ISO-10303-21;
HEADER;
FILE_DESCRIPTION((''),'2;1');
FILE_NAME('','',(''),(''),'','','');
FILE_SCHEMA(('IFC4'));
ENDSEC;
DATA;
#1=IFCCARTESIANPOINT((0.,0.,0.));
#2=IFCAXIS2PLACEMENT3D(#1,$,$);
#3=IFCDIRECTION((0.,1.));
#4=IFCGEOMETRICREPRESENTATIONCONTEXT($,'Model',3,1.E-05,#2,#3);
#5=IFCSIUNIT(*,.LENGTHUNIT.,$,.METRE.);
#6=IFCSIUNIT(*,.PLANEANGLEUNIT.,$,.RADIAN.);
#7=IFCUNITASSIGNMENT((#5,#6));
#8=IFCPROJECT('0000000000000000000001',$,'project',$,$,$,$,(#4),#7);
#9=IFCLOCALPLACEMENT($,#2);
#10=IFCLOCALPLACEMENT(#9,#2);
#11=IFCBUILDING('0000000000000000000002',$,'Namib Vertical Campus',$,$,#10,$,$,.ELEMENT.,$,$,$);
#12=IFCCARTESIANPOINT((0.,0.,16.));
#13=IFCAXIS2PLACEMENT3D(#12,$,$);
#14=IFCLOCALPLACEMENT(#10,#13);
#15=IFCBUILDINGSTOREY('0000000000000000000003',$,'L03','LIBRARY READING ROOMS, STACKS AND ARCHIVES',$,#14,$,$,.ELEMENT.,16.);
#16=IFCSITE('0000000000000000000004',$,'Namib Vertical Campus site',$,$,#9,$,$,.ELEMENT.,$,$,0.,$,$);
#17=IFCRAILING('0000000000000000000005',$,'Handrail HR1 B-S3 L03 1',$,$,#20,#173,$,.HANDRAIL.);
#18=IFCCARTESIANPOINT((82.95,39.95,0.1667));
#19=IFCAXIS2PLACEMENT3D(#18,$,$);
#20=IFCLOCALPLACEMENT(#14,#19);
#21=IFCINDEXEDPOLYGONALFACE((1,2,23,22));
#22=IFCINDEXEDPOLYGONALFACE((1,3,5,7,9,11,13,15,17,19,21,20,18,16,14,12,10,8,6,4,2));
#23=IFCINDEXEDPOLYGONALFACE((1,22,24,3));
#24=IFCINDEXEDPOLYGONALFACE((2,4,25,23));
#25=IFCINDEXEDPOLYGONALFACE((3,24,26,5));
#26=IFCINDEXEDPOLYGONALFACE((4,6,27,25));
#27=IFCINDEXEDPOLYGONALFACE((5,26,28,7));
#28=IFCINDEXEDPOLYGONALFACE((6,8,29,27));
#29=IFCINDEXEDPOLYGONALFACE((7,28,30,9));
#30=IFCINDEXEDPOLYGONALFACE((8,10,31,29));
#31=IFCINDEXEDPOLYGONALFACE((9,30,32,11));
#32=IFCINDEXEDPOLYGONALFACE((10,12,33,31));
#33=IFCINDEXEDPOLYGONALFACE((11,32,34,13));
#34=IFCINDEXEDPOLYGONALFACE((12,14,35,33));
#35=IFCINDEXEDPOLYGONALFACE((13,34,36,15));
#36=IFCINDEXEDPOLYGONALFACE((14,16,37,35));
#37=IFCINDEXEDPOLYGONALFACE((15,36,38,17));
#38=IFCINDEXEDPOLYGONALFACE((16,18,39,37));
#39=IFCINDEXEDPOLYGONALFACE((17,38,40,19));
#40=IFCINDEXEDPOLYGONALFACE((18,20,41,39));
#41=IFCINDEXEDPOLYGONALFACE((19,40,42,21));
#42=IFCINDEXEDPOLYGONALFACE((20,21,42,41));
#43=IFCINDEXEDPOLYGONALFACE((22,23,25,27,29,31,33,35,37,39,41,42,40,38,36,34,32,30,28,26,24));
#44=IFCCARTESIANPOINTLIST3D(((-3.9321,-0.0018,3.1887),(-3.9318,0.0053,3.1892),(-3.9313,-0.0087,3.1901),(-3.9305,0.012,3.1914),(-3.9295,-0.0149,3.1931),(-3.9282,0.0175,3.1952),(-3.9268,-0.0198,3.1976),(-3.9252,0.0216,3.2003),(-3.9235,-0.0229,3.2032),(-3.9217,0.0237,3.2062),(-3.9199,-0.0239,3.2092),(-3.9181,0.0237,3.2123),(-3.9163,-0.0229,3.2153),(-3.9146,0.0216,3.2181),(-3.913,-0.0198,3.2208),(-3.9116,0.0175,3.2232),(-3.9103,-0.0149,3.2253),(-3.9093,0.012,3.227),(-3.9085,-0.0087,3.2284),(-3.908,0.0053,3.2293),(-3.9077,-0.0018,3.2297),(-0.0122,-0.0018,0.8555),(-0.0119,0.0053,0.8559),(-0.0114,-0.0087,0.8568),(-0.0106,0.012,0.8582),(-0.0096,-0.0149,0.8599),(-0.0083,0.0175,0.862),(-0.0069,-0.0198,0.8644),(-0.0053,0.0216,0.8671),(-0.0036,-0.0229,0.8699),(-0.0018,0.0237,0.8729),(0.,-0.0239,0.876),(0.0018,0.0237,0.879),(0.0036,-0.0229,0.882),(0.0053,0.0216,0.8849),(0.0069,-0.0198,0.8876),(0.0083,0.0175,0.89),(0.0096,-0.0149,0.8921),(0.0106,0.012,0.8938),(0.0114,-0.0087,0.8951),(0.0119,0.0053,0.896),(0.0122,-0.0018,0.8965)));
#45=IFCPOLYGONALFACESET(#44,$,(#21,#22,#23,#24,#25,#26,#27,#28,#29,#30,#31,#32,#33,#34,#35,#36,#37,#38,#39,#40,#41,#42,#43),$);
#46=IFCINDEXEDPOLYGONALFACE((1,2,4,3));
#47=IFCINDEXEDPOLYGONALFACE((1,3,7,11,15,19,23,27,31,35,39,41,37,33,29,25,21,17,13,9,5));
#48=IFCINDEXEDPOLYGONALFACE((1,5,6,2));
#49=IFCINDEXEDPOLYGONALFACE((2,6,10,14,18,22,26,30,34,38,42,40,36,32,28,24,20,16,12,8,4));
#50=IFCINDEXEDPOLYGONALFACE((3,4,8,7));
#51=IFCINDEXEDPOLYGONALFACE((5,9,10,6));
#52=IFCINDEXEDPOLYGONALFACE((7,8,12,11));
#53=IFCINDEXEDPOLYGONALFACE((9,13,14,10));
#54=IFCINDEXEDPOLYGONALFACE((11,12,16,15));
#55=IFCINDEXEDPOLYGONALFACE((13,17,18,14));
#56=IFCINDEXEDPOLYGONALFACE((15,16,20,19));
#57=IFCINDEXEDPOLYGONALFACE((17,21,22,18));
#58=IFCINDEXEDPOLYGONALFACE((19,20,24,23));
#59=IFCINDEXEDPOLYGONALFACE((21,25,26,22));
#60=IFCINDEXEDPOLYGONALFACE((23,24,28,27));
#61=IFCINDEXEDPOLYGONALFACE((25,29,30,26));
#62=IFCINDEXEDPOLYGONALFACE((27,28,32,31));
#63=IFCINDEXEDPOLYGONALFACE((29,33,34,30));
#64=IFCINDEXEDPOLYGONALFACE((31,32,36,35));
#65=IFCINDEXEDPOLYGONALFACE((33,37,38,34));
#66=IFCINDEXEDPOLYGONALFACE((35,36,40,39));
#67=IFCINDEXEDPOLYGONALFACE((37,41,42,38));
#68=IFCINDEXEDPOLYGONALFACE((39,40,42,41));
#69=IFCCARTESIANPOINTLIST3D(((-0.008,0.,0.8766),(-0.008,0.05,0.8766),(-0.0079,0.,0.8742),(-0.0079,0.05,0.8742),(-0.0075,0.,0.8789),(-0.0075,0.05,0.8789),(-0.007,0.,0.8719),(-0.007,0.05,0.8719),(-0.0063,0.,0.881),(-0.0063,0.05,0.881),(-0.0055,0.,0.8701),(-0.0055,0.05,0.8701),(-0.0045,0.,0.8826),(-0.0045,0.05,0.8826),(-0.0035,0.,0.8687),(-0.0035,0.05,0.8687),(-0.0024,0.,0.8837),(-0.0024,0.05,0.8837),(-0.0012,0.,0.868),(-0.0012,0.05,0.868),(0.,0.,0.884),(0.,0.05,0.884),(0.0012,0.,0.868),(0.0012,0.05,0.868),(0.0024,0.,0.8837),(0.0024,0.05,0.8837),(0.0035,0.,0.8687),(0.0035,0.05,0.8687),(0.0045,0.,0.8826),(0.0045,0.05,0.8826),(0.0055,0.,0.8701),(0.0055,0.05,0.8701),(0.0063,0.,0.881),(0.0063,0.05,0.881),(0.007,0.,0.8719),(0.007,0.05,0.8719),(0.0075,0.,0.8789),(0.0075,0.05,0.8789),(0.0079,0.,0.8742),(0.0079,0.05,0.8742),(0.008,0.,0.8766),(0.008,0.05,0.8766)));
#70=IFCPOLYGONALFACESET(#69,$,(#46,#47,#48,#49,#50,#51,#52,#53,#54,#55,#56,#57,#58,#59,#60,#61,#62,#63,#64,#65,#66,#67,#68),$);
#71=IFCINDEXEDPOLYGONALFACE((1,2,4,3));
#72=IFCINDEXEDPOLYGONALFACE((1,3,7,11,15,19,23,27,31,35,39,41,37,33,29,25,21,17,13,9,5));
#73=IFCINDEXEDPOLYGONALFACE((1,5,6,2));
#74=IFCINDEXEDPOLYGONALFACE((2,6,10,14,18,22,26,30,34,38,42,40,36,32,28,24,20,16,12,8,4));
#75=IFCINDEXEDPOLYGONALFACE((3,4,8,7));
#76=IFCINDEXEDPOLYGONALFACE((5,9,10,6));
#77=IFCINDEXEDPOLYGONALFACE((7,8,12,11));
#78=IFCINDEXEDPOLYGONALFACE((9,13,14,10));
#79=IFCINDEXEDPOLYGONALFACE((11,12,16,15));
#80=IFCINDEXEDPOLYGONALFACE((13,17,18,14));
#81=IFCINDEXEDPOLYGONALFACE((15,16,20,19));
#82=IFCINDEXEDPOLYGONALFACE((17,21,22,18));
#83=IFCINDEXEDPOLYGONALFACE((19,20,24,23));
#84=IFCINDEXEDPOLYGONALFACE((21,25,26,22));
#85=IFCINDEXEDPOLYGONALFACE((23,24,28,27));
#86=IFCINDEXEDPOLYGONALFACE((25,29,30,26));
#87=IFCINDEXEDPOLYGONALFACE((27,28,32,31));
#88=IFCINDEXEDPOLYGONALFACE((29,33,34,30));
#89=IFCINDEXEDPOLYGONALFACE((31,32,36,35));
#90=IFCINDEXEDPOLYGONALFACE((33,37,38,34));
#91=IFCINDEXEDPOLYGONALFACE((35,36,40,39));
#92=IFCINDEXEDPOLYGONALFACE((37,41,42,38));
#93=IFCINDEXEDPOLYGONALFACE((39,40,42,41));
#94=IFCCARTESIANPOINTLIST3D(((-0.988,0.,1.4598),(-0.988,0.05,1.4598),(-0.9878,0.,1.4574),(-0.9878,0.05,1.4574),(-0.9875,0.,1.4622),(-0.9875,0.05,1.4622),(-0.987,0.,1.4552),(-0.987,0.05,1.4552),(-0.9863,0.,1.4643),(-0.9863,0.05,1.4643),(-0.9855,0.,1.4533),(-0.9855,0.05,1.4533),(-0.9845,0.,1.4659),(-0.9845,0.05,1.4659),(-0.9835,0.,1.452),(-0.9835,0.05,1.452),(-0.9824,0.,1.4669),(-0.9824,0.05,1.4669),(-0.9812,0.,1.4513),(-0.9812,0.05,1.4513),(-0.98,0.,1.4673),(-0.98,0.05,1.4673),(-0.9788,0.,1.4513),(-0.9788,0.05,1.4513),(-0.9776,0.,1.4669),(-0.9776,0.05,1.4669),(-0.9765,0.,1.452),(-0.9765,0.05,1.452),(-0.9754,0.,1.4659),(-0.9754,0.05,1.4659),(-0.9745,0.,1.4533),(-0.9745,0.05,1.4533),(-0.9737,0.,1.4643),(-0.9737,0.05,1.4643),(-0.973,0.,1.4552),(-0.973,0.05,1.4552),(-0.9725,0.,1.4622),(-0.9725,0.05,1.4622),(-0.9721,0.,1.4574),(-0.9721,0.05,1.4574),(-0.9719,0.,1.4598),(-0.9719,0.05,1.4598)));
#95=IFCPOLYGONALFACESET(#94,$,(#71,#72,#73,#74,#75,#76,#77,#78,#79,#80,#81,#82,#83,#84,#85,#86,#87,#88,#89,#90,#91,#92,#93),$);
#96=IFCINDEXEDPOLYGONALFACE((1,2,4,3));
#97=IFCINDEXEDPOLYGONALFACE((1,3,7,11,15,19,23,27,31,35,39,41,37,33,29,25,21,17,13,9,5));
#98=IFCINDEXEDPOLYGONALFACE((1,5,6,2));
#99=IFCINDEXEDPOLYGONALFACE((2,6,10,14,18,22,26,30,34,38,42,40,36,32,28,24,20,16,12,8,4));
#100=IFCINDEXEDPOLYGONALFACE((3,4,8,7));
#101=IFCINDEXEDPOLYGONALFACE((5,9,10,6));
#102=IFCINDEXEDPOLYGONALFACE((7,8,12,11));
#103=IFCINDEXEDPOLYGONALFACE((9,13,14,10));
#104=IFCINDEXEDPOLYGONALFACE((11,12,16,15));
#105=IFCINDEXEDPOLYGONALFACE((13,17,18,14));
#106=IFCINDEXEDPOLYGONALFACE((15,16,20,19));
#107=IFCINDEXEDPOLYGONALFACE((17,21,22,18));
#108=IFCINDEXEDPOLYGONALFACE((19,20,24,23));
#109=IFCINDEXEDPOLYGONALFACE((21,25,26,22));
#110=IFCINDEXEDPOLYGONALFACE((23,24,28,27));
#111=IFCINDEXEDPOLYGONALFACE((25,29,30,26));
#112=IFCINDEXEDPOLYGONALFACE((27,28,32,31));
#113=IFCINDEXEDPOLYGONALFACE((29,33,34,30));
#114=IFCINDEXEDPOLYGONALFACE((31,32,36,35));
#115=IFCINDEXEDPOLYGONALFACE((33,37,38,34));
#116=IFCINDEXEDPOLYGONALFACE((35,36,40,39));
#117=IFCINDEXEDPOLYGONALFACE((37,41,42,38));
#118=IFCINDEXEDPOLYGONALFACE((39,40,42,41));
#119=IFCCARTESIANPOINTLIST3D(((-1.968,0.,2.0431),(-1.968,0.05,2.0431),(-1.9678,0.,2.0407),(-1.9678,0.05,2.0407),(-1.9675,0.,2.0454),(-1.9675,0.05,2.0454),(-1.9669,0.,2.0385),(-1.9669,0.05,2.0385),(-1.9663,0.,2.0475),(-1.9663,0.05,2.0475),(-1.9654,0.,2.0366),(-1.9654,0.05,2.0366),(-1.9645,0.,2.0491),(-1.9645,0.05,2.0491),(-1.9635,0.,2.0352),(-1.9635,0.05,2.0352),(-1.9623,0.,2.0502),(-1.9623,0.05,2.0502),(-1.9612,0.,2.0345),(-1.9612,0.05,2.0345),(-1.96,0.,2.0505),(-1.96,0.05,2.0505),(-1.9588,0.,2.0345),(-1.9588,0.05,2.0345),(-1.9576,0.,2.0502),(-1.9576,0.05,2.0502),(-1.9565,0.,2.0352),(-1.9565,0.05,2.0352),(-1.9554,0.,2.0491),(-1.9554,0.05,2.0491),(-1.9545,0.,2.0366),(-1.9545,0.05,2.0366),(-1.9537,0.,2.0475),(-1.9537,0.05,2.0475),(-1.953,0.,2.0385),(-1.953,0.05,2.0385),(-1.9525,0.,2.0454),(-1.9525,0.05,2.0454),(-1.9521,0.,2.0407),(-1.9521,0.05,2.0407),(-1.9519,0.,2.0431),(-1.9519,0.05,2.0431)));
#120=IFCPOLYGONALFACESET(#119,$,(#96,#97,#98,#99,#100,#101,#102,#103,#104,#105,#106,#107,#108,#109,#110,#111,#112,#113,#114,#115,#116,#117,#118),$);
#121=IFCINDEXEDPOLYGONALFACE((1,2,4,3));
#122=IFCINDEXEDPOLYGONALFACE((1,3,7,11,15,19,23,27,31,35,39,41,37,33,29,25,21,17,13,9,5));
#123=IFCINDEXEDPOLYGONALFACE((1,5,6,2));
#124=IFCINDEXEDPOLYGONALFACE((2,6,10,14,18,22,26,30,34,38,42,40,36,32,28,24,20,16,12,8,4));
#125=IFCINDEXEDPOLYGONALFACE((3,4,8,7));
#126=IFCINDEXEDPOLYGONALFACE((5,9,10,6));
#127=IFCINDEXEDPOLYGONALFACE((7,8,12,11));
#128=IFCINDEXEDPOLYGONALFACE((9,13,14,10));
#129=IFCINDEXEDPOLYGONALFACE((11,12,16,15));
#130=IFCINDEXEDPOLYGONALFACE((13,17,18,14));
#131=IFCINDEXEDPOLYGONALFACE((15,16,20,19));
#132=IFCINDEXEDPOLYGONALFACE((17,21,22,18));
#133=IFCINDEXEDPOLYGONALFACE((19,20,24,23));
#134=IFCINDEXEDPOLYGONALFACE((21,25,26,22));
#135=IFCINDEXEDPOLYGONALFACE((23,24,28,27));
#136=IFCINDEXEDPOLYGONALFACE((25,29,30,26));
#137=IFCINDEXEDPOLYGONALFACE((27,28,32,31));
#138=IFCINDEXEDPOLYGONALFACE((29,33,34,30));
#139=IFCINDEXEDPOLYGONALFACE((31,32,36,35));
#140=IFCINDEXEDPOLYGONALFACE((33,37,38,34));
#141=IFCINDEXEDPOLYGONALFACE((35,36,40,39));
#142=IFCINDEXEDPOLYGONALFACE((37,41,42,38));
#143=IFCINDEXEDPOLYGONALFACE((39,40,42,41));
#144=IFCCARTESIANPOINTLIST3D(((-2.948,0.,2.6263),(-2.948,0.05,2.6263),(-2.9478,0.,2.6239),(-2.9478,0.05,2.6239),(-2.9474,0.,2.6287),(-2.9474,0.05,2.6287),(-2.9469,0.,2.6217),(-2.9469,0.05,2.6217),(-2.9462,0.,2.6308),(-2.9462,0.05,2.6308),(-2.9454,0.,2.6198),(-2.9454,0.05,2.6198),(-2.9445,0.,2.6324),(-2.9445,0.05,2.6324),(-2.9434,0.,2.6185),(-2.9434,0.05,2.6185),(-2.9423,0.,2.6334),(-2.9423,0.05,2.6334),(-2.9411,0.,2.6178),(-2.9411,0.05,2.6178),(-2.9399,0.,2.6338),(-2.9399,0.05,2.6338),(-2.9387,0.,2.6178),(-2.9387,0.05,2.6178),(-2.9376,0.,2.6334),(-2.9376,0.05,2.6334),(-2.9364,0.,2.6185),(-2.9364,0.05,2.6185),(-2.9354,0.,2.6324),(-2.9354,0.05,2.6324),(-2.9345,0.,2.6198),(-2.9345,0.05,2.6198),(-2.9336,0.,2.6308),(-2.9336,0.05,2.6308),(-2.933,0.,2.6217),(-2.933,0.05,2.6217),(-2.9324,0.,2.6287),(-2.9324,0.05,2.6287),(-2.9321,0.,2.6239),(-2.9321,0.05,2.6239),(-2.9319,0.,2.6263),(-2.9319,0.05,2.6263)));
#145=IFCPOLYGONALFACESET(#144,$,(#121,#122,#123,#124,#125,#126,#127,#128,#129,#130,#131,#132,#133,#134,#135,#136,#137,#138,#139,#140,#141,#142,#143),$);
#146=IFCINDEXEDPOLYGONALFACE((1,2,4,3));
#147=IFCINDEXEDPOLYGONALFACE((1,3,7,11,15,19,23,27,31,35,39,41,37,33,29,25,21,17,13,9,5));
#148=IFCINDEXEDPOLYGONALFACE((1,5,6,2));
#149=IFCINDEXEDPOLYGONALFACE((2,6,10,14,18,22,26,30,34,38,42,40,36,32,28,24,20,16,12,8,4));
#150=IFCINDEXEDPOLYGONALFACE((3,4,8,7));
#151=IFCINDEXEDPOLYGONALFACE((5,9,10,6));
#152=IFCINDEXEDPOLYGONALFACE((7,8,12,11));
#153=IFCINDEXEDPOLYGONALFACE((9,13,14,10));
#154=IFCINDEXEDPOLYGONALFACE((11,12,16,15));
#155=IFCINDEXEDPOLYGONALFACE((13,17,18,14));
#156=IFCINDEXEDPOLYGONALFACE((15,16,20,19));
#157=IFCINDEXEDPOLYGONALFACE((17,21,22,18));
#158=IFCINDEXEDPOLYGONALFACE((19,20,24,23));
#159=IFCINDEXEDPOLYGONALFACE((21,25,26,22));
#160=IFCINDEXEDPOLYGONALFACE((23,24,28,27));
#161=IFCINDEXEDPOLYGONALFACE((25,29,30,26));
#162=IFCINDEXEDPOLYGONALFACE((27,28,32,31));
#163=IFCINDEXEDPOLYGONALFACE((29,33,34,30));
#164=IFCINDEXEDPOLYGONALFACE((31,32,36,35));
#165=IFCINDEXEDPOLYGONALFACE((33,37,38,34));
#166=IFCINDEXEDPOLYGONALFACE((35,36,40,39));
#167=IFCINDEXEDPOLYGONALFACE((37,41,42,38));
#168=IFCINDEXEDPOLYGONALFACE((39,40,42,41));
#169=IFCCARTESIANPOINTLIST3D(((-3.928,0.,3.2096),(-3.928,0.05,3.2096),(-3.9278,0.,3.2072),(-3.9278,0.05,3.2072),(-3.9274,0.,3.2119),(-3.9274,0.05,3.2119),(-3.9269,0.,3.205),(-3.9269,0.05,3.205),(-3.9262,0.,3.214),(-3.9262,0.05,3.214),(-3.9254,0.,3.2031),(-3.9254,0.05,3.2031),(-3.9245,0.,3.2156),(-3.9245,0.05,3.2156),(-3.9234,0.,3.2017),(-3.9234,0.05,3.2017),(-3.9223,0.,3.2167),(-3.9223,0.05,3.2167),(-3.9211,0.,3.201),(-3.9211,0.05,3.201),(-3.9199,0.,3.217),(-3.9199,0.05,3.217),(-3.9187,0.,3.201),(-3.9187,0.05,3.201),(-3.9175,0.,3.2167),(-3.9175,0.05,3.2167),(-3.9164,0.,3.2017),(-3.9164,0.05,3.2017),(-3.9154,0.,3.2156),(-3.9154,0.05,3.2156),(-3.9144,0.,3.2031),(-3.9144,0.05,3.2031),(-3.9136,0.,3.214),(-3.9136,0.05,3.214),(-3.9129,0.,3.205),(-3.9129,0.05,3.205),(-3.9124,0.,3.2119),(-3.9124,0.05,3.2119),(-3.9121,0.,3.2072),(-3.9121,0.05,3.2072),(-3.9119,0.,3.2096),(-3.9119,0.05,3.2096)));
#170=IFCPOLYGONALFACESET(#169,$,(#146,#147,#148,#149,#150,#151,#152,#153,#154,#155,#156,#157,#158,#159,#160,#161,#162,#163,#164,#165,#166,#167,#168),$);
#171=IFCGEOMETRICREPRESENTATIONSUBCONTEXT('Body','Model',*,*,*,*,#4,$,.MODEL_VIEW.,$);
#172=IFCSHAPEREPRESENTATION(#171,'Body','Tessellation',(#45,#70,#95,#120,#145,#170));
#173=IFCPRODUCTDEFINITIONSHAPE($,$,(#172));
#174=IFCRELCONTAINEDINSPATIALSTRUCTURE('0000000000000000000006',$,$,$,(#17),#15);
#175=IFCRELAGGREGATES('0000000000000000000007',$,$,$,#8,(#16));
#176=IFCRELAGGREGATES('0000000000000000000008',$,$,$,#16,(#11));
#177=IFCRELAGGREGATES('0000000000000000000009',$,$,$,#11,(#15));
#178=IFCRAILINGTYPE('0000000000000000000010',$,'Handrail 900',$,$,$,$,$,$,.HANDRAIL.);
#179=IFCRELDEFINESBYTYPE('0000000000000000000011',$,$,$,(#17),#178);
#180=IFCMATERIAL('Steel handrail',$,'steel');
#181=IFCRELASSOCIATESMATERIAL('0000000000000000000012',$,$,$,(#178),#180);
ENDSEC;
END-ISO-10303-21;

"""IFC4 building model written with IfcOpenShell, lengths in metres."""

from ifc_helpers import new_model, si_unit, direction, frame, origin, origin_2d, place, context, subcontext, project, spatial, circle, extrude, material, type_object, element, save


model = new_model("IFC4")

# Units and contexts
model_context = context("Model", 3, precision=1e-05, world=origin(), true_north=direction((0.0, 1.0)))
body_context = subcontext(model_context, "Body", "Model", "MODEL_VIEW")
ifc_project = project(units=[si_unit("LENGTHUNIT", "METRE"), si_unit("PLANEANGLEUNIT", "RADIAN")], contexts=[model_context])

# Site, building, storey
site_placement = place(None, origin())
site = spatial("IfcSite", under=ifc_project, at=site_placement, Name="Namib Vertical Campus site", CompositionType="ELEMENT", RefElevation=0.0)
building_placement = place(site_placement, origin())
building = spatial("IfcBuilding", under=site, at=building_placement, Name="Namib Vertical Campus", CompositionType="ELEMENT")
storey_placement = place(building_placement, frame((0.0, 0.0, 16.0)))
storey = spatial("IfcBuildingStorey", under=building, at=storey_placement, Name="L03", Description="LIBRARY READING ROOMS, STACKS AND ARCHIVES", CompositionType="ELEMENT", Elevation=16.0)

# Railing
ifc_material_1 = material(Name="Steel handrail", Category="steel")
railing_type_1 = type_object("IfcRailingType", Name="Handrail 900", PredefinedType="HANDRAIL", material=ifc_material_1)
railing_1_placement = place(storey_placement, frame((82.95, 39.95, 0.1667)))
element("IfcRailing", 1, at=railing_1_placement, inside=storey, type_object=railing_type_1, Name="Handrail HR1 B-S3 L03 1", PredefinedType="HANDRAIL", context=body_context, shape_type="SweptSolid", body=[
    extrude(circle(Radius=0.0239, at=origin_2d()), frame((0.0, 0.0, 0.876), z_axis=(-0.859296, 0.0, 0.511478), x_axis=(0.0, -1.0, 0.0)), (0.0, 0.0, 1.0), 4.5618),
    extrude(circle(Radius=0.0081, at=origin_2d()), frame((0.0, 0.0, 0.876), z_axis=(0.0, 1.0, 0.0), x_axis=(0.0, 0.0, 1.0)), (0.0, 0.0, 1.0), 0.05),
    extrude(circle(Radius=0.0081, at=origin_2d()), frame((-0.98, 0.0, 1.4592), z_axis=(0.0, 1.0, 0.0), x_axis=(0.0, 0.0, 1.0)), (0.0, 0.0, 1.0), 0.05),
    extrude(circle(Radius=0.0081, at=origin_2d()), frame((-1.96, 0.0, 2.0425), z_axis=(0.0, 1.0, 0.0), x_axis=(0.0, 0.0, 1.0)), (0.0, 0.0, 1.0), 0.05),
    extrude(circle(Radius=0.0081, at=origin_2d()), frame((-2.9399, 0.0, 2.6257), z_axis=(0.0, 1.0, 0.0), x_axis=(0.0, 0.0, 1.0)), (0.0, 0.0, 1.0), 0.05),
    extrude(circle(Radius=0.0081, at=origin_2d()), frame((-3.9199, 0.0, 3.209), z_axis=(0.0, 1.0, 0.0), x_axis=(0.0, 0.0, 1.0)), (0.0, 0.0, 1.0), 0.05),
])

save(model, "model.ifc")
